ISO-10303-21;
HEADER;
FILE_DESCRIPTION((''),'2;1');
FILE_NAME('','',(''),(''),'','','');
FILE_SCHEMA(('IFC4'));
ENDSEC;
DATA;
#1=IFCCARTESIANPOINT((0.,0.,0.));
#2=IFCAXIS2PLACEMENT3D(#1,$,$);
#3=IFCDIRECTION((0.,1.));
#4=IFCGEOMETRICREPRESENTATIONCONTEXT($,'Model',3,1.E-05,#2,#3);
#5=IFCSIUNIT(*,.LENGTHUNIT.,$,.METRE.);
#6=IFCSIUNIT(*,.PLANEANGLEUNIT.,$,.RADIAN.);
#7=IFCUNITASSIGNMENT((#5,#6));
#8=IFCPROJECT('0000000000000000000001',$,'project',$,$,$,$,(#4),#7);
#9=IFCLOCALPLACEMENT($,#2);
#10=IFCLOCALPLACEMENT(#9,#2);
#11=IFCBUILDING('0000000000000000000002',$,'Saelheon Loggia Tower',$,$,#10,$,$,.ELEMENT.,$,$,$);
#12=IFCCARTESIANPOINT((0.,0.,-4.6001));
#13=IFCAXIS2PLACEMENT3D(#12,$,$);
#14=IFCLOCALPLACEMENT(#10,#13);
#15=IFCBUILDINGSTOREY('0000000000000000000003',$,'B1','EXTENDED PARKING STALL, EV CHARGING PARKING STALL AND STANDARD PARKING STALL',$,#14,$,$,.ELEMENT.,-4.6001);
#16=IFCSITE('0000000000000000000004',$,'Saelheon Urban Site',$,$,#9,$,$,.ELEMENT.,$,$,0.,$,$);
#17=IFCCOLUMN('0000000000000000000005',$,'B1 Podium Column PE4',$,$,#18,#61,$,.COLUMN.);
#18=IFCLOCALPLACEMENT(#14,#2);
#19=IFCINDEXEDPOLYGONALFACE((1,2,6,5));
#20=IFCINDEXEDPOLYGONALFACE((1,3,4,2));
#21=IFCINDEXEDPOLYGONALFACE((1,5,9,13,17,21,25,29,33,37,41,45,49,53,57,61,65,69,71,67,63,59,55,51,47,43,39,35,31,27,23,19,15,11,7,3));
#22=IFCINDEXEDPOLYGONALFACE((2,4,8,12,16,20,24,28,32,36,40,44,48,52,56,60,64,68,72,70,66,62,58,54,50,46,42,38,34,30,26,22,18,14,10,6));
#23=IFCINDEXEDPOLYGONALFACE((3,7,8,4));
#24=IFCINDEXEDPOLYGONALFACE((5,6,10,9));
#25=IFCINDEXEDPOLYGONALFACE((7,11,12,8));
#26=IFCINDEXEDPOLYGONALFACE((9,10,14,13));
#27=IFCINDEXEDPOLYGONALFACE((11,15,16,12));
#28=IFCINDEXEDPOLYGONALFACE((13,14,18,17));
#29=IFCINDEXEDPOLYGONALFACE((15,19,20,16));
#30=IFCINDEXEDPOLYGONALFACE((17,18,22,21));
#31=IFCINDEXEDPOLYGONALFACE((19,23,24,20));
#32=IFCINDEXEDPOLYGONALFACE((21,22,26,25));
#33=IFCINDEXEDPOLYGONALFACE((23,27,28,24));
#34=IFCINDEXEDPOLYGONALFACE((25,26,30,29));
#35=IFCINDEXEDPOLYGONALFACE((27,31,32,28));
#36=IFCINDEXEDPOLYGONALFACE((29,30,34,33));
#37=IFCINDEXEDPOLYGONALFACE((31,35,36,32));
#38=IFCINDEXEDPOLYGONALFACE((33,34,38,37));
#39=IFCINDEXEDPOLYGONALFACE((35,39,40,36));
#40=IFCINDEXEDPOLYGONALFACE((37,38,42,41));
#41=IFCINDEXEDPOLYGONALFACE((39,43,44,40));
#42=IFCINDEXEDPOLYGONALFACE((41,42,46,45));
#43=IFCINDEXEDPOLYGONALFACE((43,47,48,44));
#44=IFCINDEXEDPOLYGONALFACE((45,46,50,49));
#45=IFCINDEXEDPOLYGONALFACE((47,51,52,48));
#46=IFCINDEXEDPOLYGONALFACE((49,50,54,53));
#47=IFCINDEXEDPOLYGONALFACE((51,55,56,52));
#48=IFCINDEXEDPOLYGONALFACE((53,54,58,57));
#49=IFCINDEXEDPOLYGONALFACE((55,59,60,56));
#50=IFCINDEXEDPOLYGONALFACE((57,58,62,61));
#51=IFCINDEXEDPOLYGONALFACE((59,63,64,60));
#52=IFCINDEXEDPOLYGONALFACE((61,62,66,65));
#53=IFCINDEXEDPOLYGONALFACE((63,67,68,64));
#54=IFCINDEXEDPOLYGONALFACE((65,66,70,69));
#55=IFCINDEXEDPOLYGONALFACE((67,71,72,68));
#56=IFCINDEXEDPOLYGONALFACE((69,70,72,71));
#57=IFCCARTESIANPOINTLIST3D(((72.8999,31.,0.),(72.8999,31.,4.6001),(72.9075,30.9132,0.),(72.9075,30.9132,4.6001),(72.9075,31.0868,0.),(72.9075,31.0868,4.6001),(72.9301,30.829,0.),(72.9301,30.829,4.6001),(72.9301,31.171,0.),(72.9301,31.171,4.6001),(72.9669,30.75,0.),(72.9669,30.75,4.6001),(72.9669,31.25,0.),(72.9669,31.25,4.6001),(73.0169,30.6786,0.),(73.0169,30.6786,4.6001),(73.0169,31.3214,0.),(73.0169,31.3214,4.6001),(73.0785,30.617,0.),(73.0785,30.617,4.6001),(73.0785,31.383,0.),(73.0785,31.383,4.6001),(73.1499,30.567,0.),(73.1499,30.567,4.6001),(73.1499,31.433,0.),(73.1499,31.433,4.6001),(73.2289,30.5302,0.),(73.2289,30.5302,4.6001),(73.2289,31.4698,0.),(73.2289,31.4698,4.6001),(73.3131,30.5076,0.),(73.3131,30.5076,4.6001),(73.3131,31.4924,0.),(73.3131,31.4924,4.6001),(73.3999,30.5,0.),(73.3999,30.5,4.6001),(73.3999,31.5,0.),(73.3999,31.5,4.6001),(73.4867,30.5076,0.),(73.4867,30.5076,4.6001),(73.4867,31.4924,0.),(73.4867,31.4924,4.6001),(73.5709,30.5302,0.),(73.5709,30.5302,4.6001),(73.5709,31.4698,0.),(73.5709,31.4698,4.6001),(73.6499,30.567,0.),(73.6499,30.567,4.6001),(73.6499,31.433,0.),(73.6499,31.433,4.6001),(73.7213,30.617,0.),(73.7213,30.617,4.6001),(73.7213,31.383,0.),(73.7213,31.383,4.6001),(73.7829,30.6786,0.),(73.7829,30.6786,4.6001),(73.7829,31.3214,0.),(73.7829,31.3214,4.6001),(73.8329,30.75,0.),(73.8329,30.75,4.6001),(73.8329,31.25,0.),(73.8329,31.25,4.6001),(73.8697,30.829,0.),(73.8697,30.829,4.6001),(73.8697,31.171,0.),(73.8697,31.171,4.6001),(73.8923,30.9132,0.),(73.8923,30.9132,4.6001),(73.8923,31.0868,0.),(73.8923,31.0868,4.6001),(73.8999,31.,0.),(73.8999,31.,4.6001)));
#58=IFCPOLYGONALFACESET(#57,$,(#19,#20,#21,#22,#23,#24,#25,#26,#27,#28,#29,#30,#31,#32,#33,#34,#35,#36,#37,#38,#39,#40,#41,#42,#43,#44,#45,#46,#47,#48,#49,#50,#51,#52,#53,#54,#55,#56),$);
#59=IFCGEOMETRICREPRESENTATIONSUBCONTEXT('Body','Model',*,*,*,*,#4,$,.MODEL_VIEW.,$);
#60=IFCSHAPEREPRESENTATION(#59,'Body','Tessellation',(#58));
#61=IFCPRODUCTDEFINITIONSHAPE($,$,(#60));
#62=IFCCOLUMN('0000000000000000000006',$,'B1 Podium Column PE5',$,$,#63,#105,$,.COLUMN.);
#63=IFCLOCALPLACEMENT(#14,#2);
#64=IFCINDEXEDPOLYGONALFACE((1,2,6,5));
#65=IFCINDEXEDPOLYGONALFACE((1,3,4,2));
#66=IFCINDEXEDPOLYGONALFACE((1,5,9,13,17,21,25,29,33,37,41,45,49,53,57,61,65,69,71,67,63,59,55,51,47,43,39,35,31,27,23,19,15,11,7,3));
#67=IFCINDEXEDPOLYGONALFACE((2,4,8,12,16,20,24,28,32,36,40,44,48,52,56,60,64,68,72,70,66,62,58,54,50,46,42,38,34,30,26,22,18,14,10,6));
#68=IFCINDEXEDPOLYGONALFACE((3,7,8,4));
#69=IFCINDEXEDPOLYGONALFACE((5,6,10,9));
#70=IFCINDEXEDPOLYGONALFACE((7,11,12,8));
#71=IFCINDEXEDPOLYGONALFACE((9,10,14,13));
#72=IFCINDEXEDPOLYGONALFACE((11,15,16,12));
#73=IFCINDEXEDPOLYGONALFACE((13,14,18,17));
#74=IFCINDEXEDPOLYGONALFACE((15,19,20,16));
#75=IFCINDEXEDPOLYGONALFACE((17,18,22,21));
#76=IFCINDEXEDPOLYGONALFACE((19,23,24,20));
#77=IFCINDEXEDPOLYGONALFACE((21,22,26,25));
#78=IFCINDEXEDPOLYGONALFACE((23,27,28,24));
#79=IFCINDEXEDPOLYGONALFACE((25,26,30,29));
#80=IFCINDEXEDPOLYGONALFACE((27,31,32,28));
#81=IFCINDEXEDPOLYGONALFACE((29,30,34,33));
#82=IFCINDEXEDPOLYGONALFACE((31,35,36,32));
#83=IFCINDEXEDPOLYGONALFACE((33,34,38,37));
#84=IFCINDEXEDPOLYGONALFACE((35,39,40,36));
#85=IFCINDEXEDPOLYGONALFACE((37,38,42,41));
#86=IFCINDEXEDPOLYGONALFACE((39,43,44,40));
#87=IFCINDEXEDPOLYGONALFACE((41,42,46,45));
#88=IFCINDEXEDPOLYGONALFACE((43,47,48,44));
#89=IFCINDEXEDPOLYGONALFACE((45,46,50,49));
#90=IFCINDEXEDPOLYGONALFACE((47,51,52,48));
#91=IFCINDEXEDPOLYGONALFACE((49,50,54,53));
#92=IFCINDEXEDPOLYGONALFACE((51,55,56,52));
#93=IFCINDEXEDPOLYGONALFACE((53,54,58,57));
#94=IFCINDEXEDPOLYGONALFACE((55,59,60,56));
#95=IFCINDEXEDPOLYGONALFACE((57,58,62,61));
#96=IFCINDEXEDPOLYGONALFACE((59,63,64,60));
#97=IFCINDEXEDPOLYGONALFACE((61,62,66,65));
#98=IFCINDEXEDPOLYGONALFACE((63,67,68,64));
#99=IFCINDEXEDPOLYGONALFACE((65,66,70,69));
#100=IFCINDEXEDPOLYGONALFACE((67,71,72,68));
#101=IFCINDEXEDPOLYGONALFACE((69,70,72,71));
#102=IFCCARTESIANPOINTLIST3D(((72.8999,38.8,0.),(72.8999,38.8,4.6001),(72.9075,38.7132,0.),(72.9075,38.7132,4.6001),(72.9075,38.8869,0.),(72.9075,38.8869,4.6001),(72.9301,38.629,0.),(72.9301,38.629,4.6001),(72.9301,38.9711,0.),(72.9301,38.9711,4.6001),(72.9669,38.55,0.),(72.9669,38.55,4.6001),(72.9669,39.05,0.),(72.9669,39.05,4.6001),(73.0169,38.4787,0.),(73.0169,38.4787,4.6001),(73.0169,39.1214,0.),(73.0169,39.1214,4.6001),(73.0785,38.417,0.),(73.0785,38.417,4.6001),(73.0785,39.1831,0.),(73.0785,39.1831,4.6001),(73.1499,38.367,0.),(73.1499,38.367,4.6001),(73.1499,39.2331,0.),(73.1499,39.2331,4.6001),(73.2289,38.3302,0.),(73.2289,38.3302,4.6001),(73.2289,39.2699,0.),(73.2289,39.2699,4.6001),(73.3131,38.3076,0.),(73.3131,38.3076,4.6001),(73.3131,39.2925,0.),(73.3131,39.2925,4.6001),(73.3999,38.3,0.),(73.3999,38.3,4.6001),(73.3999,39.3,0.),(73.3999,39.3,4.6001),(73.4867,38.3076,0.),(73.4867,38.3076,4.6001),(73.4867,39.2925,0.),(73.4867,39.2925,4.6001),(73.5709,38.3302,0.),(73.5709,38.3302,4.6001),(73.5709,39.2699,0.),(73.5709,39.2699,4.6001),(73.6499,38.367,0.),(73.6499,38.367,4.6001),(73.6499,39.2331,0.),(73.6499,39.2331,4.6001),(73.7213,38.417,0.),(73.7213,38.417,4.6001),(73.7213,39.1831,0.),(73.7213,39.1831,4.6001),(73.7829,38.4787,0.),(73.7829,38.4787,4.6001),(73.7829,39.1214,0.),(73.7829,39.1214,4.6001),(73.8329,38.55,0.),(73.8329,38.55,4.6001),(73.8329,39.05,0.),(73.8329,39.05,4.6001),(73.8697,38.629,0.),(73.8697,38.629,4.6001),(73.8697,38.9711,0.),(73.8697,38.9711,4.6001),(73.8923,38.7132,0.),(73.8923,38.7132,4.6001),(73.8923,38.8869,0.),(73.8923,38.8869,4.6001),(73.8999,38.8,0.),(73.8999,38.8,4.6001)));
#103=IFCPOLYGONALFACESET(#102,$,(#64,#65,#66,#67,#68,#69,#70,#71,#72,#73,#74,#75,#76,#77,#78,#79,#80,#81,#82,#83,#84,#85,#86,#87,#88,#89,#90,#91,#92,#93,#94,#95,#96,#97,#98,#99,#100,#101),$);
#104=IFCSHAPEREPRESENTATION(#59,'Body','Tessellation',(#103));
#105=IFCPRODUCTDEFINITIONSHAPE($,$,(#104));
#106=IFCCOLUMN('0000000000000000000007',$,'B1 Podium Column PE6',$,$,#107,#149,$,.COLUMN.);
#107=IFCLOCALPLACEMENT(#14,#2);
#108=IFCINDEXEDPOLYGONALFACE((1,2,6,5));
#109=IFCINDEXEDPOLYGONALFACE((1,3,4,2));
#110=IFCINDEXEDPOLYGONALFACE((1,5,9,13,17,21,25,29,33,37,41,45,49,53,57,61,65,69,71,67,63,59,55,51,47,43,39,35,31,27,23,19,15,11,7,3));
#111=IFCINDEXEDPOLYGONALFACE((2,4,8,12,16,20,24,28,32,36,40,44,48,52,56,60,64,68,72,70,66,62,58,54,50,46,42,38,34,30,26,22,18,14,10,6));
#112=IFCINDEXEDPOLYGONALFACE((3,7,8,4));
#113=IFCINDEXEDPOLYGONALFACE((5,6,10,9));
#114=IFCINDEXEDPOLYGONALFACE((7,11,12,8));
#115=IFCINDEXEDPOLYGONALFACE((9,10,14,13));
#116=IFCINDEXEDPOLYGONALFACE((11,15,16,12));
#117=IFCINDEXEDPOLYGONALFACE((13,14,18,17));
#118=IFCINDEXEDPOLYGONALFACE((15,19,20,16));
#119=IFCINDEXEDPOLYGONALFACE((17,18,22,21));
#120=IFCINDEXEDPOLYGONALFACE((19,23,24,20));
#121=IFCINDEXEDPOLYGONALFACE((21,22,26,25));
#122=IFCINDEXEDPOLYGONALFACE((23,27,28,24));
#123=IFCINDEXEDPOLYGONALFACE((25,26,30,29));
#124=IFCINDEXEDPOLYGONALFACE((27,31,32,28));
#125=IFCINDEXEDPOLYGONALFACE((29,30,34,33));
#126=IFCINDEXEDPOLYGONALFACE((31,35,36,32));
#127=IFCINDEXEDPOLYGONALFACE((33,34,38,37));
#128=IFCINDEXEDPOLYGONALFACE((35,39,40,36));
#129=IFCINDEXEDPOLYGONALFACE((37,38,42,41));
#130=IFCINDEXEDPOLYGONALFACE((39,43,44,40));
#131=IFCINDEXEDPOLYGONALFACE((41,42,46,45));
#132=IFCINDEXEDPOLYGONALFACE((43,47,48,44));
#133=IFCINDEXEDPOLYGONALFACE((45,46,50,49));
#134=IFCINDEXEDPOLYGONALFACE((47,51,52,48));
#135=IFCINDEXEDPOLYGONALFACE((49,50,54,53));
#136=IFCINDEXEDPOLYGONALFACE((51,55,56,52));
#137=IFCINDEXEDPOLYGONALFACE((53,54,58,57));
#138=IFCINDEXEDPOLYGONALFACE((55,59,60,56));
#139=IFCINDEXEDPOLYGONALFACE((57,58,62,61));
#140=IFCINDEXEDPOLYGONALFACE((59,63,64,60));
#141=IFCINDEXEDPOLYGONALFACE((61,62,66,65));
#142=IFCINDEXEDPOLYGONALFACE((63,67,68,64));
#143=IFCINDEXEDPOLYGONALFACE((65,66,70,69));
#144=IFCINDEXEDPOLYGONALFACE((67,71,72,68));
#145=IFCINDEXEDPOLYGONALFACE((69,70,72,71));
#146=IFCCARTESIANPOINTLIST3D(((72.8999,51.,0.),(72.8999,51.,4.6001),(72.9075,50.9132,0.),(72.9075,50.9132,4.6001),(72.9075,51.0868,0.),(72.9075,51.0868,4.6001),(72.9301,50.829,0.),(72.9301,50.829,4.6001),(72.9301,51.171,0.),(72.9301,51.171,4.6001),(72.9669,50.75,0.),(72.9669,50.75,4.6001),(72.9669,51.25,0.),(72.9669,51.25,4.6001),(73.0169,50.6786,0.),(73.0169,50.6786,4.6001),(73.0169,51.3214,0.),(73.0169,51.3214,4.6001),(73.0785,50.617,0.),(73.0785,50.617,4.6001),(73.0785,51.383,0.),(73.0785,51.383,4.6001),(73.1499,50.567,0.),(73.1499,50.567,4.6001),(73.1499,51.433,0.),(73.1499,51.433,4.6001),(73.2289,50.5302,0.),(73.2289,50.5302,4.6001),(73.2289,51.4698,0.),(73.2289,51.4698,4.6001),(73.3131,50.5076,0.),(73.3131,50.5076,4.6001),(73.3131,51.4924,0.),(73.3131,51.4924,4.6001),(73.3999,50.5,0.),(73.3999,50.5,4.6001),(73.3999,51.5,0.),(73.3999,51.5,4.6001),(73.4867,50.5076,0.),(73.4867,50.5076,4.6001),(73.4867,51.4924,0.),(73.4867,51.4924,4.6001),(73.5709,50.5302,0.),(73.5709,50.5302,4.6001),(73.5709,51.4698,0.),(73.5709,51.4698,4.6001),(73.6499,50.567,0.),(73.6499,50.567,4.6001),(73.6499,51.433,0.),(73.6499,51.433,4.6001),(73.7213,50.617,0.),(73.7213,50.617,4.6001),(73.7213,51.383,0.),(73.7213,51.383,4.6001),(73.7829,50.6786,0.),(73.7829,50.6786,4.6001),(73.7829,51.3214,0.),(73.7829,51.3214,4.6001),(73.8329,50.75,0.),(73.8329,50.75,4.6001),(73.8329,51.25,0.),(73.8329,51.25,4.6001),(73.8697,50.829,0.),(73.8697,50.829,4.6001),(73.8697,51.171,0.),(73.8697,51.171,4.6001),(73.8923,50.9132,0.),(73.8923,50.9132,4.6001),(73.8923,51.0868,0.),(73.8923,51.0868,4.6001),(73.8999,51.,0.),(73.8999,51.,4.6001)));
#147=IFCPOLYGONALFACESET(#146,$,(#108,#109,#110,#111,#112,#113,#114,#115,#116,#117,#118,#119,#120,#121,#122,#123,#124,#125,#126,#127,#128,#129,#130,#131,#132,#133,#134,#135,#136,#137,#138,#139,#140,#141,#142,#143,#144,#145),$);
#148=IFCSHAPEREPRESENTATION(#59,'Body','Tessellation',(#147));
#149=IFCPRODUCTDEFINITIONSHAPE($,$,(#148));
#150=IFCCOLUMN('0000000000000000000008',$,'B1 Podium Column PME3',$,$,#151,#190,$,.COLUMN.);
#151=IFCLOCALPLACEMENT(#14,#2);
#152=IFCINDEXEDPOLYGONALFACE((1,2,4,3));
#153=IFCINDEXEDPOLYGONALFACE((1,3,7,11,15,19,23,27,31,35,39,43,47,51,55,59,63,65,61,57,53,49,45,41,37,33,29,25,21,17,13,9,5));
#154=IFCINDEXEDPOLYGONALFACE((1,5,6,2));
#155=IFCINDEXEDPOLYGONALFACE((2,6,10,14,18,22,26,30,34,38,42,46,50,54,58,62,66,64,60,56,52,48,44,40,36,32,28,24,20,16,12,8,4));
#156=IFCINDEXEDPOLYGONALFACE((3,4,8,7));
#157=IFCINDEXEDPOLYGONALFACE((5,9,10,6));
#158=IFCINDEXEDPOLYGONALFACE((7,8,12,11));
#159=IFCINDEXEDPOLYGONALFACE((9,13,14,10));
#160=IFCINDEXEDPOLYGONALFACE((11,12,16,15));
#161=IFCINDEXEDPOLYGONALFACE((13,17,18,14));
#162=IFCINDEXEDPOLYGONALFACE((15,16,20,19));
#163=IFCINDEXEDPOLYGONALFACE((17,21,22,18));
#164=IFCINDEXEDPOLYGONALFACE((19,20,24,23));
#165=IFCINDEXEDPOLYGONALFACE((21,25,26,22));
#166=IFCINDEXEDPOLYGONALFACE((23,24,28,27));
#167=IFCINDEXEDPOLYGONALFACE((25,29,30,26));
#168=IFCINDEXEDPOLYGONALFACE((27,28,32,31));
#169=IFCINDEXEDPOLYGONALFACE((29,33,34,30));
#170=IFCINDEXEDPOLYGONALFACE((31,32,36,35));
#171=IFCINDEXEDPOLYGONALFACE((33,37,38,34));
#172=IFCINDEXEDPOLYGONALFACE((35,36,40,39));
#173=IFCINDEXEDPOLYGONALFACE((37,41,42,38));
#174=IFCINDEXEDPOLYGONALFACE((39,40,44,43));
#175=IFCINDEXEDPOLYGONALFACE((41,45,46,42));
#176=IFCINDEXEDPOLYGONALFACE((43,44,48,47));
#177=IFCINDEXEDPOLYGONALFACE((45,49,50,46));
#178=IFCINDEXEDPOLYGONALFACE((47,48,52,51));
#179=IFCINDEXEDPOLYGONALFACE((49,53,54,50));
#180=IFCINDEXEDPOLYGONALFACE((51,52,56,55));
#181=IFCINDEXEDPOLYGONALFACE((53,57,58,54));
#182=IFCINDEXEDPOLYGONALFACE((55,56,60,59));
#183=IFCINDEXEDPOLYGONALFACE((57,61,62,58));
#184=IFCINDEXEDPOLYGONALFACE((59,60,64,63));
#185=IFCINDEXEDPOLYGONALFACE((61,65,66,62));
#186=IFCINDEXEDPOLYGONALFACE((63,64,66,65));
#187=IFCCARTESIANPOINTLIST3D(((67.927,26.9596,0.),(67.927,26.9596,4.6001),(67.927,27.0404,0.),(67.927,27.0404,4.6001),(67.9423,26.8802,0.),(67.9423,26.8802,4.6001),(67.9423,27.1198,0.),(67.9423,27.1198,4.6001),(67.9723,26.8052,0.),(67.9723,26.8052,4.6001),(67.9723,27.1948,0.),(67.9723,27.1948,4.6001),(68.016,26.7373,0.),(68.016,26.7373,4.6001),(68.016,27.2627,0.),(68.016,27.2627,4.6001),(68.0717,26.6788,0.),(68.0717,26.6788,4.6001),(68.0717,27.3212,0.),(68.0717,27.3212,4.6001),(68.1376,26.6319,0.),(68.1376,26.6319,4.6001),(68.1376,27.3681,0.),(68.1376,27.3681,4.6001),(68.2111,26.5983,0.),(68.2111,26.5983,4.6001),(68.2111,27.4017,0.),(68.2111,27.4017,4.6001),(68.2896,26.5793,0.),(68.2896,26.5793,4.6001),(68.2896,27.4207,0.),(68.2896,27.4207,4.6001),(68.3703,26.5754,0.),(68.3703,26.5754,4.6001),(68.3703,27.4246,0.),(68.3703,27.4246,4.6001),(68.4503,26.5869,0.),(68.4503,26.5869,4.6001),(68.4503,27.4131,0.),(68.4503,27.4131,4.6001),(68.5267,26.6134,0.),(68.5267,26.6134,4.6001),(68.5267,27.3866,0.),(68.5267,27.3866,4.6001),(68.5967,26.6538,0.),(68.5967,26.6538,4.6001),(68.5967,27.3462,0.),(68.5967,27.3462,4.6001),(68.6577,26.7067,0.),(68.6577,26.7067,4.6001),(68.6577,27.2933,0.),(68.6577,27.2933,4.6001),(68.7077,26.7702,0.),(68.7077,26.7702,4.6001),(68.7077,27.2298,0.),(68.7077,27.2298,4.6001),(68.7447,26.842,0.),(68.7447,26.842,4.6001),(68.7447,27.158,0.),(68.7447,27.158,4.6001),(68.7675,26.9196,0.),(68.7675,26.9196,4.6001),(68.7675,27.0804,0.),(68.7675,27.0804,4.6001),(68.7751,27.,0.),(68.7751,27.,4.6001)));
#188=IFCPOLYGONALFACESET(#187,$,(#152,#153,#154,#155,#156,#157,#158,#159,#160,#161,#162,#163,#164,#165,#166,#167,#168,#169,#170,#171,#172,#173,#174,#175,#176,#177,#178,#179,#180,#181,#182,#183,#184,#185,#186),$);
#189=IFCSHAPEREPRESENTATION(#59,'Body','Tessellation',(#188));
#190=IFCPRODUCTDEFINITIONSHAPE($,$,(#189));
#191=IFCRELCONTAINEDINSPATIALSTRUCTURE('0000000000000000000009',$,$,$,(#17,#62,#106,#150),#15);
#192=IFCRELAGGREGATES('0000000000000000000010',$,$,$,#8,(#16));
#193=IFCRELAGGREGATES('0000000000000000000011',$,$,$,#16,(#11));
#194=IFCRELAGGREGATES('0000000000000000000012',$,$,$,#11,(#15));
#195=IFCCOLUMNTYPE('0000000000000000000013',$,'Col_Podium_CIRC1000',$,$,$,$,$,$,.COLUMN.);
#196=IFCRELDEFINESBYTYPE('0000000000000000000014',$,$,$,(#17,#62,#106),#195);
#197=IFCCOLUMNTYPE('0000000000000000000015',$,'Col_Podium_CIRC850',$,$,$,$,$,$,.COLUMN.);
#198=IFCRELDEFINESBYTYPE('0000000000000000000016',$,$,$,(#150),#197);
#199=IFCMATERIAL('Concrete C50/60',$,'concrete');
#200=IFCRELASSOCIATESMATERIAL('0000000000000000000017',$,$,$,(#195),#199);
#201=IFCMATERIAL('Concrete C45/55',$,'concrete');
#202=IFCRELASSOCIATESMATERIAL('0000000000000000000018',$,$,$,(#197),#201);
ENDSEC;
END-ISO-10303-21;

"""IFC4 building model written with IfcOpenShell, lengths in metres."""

from ifc_helpers import new_model, si_unit, direction, frame, origin, origin_2d, place, context, subcontext, project, spatial, circle, extrude, source, transform, mapped, material, material_profile, profile_set, type_object, element, save


model = new_model("IFC4")

# Units and contexts
model_context = context("Model", 3, precision=1e-05, world=origin(), true_north=direction((0.0, 1.0)))
body_context = subcontext(model_context, "Body", "Model", "MODEL_VIEW")
ifc_project = project(units=[si_unit("LENGTHUNIT", "METRE"), si_unit("PLANEANGLEUNIT", "RADIAN")], contexts=[model_context])

# Site, building, storey
site_placement = place(None, origin())
site = spatial("IfcSite", under=ifc_project, at=site_placement, Name="Saelheon Urban Site", CompositionType="ELEMENT", RefElevation=0.0)
building_placement = place(site_placement, origin())
building = spatial("IfcBuilding", under=site, at=building_placement, Name="Saelheon Loggia Tower", CompositionType="ELEMENT")
storey_placement = place(building_placement, frame((0.0, 0.0, -4.6001)))
storey = spatial("IfcBuildingStorey", under=building, at=storey_placement, Name="B1", Description="EXTENDED PARKING STALL, EV CHARGING PARKING STALL AND STANDARD PARKING STALL", CompositionType="ELEMENT", Elevation=-4.6001)

# Columns
ifc_material_1 = material(Name="Concrete C50/60", Category="concrete")
ifc_material_profile_1 = material_profile(ifc_material_1, circle(Radius=0.5, at=origin_2d()), Name="CIRC-1000")
ifc_profile_set_1 = profile_set([ifc_material_profile_1], Name="Concrete C50/60")
column_type_1 = type_object("IfcColumnType", Name="Col_Podium_CIRC1000", PredefinedType="COLUMN", material=ifc_profile_set_1)
shared_shape_1 = source(origin(), body_context, "Body", "SweptSolid", [
    extrude(circle(Radius=0.5, at=origin_2d()), origin(), (0.0, 0.0, 1.0), 4.6001),
])
for number, where, z_axis, x_axis, name in (
    (1, (73.3999, 31.0, 0.0), (0.0, 0.0, 1.0), (1.0, 0.0, 0.0), "B1 Podium Column PE4"),
    (2, (73.3999, 38.8, 0.0), (0.0, 0.0, 1.0), (1.0, 0.0, 0.0), "B1 Podium Column PE5"),
    (3, (73.3999, 51.0, 0.0), (0.0, 0.0, 1.0), (1.0, 0.0, 0.0), "B1 Podium Column PE6"),
):
    element("IfcColumn", number, at=place(storey_placement, frame(where, z_axis=z_axis, x_axis=x_axis)), inside=storey, type_object=column_type_1, Name=name, PredefinedType="COLUMN", context=body_context, shape_type="MappedRepresentation", body=[
        mapped(shared_shape_1, transform((0.0, 0.0, 0.0), scale=1.0)),
    ])
ifc_material_2 = material(Name="Concrete C45/55", Category="concrete")
ifc_material_profile_2 = material_profile(ifc_material_2, circle(Radius=0.425, at=origin_2d()), Name="CIRC-850")
ifc_profile_set_2 = profile_set([ifc_material_profile_2], Name="Concrete C45/55")
column_type_2 = type_object("IfcColumnType", Name="Col_Podium_CIRC850", PredefinedType="COLUMN", material=ifc_profile_set_2)
shared_shape_2 = source(origin(), body_context, "Body", "SweptSolid", [
    extrude(circle(Radius=0.425, at=origin_2d()), origin(), (0.0, 0.0, 1.0), 4.6001),
])
for number, where, z_axis, x_axis, name in (
    (4, (68.3501, 27.0, 0.0), (0.0, 0.0, 1.0), (1.0, 0.0, 0.0), "B1 Podium Column PME3"),
):
    element("IfcColumn", number, at=place(storey_placement, frame(where, z_axis=z_axis, x_axis=x_axis)), inside=storey, type_object=column_type_2, Name=name, PredefinedType="COLUMN", context=body_context, shape_type="MappedRepresentation", body=[
        mapped(shared_shape_2, transform((0.0, 0.0, 0.0), scale=1.0)),
    ])

save(model, "model.ifc")
